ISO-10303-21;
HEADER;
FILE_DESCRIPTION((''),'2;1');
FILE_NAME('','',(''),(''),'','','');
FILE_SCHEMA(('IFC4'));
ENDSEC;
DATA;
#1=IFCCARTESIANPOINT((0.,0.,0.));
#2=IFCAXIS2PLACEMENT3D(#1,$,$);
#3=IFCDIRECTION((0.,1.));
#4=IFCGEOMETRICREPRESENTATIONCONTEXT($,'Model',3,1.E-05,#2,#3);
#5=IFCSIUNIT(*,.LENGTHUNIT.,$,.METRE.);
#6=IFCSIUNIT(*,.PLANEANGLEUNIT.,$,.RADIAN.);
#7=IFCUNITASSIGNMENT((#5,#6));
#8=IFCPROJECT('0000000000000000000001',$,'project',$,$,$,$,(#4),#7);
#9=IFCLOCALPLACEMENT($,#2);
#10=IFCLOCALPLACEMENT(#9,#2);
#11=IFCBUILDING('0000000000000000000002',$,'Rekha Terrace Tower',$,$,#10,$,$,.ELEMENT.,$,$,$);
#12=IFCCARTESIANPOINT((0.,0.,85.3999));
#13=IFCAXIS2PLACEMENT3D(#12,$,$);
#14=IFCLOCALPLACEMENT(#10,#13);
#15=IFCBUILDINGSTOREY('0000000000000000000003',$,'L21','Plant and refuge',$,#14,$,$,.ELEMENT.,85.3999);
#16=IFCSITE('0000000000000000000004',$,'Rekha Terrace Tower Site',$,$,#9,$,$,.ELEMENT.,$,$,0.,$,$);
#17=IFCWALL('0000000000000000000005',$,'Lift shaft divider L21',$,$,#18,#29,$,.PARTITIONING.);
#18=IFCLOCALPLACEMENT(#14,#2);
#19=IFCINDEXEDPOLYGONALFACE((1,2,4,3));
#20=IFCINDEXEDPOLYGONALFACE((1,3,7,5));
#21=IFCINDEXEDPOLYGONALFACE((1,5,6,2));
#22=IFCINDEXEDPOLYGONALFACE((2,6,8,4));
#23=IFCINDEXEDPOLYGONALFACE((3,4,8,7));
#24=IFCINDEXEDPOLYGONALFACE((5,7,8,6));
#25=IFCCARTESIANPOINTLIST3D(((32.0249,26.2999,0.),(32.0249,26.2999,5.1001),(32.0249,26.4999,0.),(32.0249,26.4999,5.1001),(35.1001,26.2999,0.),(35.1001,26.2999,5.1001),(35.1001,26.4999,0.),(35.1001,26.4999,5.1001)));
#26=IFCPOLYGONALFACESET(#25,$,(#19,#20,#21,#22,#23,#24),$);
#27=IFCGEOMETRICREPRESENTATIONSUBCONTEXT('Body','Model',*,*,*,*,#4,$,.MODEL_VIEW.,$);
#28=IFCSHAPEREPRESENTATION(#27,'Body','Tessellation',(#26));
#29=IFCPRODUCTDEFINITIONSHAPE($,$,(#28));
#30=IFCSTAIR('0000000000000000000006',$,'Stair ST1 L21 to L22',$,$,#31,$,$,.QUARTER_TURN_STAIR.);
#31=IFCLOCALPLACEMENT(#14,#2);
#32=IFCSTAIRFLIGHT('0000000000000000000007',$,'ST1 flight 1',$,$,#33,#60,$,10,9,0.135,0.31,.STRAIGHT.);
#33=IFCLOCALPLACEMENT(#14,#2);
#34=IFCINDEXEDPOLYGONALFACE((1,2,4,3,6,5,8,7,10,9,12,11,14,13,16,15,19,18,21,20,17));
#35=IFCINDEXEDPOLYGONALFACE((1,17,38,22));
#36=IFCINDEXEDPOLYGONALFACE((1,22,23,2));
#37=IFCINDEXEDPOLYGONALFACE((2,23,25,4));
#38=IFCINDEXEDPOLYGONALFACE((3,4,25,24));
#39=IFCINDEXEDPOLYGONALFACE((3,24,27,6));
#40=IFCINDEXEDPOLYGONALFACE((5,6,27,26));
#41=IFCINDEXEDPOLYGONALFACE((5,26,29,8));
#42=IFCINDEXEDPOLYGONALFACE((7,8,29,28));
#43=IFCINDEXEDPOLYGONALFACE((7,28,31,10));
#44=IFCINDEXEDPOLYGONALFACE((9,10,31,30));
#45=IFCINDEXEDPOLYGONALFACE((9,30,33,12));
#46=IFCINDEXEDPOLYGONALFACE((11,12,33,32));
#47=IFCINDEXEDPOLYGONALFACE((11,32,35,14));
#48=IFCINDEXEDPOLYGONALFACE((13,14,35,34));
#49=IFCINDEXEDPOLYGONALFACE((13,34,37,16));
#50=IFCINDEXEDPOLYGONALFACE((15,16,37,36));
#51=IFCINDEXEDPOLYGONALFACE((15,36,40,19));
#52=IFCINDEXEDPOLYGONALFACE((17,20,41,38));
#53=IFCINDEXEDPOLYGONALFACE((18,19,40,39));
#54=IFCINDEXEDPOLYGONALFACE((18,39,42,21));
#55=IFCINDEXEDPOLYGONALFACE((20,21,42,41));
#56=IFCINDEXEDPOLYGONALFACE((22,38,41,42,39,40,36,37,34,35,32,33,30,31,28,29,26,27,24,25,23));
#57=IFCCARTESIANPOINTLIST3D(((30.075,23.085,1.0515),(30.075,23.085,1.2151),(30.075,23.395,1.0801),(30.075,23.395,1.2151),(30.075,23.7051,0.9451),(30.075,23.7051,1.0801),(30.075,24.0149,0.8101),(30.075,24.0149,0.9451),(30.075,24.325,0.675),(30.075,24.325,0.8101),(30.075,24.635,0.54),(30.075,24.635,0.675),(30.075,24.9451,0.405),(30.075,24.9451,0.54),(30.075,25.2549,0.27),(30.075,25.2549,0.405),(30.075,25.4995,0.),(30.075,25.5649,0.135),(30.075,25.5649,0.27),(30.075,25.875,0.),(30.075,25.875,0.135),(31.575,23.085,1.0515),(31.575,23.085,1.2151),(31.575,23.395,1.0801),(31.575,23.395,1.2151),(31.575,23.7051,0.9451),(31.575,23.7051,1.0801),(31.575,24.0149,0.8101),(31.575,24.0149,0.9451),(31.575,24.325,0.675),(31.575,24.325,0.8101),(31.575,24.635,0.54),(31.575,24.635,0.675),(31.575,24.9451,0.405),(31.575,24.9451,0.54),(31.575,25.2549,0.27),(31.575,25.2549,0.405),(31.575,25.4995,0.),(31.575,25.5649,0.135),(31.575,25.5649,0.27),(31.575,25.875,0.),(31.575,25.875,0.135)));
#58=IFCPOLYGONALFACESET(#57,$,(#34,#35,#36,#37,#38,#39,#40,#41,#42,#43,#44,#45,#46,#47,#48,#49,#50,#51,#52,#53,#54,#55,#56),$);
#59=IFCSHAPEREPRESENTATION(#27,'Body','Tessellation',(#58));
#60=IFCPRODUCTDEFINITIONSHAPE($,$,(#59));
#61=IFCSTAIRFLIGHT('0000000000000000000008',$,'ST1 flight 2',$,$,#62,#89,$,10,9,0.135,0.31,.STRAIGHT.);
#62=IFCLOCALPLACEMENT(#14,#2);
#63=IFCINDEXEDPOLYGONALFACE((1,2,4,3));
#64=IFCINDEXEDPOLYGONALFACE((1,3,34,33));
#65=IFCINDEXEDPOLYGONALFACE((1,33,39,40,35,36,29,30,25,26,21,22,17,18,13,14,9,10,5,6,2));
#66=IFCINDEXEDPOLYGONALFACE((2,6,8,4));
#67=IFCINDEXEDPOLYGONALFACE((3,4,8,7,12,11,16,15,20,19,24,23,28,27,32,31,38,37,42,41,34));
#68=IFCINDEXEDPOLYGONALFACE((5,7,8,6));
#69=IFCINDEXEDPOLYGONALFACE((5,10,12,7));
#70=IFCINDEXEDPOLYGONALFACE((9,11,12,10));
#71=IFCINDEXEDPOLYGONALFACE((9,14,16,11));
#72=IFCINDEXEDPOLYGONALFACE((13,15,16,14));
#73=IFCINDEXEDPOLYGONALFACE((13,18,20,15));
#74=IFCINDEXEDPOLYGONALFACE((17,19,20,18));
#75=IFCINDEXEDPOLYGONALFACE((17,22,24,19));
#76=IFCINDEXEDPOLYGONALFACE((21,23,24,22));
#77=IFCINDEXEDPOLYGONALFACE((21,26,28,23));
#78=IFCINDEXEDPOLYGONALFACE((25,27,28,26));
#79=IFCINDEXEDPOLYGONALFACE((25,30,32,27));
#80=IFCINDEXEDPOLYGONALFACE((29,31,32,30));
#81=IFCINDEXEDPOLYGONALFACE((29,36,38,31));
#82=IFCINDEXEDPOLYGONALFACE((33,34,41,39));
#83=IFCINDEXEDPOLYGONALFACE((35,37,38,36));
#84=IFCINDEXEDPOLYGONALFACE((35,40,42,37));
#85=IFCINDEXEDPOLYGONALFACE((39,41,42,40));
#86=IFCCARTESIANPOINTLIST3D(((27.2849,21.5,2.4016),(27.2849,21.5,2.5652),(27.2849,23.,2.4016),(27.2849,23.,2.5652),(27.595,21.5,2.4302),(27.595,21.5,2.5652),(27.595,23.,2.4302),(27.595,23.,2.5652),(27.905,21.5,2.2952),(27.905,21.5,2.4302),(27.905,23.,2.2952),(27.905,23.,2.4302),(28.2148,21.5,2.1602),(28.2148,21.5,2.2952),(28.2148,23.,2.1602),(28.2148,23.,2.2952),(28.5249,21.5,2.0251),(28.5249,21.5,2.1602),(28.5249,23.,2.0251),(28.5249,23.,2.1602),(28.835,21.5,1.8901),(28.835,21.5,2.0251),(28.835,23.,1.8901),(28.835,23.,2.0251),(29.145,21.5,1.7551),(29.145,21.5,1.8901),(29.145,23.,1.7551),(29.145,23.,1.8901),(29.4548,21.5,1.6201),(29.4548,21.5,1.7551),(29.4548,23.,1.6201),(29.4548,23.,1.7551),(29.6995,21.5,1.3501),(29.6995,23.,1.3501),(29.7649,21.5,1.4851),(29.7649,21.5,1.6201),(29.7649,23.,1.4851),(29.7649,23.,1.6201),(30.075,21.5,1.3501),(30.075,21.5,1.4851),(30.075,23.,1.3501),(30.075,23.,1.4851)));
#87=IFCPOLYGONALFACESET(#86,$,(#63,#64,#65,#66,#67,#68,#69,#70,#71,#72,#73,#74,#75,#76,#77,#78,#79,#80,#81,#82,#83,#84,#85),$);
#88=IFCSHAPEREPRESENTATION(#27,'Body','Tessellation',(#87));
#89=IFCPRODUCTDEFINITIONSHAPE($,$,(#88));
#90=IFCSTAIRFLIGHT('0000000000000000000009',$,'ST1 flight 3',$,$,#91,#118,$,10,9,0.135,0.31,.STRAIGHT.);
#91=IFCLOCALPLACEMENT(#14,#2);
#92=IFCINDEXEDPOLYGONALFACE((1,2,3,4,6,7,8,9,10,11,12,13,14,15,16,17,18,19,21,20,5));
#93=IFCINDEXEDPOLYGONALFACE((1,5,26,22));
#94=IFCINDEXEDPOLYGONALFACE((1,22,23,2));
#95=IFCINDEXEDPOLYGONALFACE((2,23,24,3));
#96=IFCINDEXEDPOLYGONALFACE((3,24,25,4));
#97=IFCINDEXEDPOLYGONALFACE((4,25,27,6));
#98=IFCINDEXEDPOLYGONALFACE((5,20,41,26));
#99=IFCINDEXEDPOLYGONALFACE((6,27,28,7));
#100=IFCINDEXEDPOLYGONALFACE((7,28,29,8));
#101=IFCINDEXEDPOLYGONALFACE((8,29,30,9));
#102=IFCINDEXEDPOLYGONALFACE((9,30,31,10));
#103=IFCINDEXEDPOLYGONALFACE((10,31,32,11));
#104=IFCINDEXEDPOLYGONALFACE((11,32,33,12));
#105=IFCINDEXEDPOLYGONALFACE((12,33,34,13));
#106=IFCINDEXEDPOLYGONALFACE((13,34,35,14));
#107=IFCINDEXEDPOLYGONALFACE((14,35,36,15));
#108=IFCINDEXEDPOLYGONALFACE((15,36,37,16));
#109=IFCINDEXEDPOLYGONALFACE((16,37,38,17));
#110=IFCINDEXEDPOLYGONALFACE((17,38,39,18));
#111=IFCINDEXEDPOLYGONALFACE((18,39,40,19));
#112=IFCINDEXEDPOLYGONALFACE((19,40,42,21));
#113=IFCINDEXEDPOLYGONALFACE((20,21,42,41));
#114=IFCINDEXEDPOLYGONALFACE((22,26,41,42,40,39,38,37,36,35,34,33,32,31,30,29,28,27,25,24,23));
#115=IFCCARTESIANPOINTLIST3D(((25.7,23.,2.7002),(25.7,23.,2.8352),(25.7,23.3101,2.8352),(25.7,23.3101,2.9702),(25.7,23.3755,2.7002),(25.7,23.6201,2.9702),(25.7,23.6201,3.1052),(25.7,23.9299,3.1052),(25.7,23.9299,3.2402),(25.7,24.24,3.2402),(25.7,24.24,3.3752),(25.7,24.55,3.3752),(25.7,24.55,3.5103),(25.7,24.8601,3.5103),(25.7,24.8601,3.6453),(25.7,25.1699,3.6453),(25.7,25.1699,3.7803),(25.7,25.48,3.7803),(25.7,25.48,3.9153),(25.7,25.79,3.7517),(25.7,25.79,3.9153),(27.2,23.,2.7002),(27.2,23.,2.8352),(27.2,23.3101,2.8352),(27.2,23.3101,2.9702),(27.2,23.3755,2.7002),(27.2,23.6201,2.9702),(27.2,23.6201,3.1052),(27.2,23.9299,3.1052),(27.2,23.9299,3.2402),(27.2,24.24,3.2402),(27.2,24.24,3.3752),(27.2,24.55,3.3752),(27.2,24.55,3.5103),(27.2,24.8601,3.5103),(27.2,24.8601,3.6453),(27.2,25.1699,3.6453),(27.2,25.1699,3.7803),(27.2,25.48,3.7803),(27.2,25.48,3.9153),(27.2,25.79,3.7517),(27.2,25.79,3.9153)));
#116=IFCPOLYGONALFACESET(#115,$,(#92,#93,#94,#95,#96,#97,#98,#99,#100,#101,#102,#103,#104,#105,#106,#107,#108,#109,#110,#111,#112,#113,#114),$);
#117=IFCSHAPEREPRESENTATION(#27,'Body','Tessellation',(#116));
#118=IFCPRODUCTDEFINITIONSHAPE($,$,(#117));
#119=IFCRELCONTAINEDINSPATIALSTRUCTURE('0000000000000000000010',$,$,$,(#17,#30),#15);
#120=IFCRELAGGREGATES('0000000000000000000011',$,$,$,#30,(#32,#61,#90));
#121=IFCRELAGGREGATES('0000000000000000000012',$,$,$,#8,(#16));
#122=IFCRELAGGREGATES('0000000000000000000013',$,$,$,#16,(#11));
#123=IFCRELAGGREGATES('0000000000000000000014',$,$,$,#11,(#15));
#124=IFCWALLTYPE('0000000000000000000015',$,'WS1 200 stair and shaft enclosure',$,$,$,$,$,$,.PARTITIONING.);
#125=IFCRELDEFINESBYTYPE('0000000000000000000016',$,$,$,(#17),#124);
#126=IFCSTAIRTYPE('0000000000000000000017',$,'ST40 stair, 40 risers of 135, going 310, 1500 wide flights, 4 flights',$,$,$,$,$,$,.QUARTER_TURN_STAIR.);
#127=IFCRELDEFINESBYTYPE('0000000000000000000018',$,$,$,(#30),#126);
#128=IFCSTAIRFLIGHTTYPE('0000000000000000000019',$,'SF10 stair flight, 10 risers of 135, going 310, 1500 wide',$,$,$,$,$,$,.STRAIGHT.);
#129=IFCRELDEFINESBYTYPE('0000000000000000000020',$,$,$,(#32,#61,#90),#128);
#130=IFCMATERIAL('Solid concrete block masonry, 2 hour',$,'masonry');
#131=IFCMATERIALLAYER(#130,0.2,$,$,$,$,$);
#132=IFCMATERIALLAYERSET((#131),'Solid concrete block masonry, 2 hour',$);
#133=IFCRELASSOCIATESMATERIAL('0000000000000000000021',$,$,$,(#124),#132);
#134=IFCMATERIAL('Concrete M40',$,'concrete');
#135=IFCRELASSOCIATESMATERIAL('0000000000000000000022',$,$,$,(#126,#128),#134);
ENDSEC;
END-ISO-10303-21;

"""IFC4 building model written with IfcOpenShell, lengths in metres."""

from ifc_helpers import new_model, si_unit, direction, frame, frame_2d, origin, place, context, subcontext, project, spatial, polyline, rectangle, outline, extrude, material, layer, layer_set, type_object, element, aggregate, save


model = new_model("IFC4")

# Units and contexts
model_context = context("Model", 3, precision=1e-05, world=origin(), true_north=direction((0.0, 1.0)))
body_context = subcontext(model_context, "Body", "Model", "MODEL_VIEW")
ifc_project = project(units=[si_unit("LENGTHUNIT", "METRE"), si_unit("PLANEANGLEUNIT", "RADIAN")], contexts=[model_context])

# Site, building, storey
site_placement = place(None, origin())
site = spatial("IfcSite", under=ifc_project, at=site_placement, Name="Rekha Terrace Tower Site", CompositionType="ELEMENT", RefElevation=0.0)
building_placement = place(site_placement, origin())
building = spatial("IfcBuilding", under=site, at=building_placement, Name="Rekha Terrace Tower", CompositionType="ELEMENT")
storey_placement = place(building_placement, frame((0.0, 0.0, 85.3999)))
storey = spatial("IfcBuildingStorey", under=building, at=storey_placement, Name="L21", Description="Plant and refuge", CompositionType="ELEMENT", Elevation=85.3999)

# Wall
ifc_material_1 = material(Name="Solid concrete block masonry, 2 hour", Category="masonry")
ifc_layer_1 = layer(ifc_material_1, 0.2)
ifc_layer_set_1 = layer_set([ifc_layer_1], Name="Solid concrete block masonry, 2 hour")
wall_type_1 = type_object("IfcWallType", Name="WS1 200 stair and shaft enclosure", PredefinedType="PARTITIONING", material=ifc_layer_set_1)
wall_1_placement = place(storey_placement, frame((32.0249, 26.3999, 0.0), z_axis=(0.0, 0.0, 1.0), x_axis=(1.0, 0.0, 0.0)))
element("IfcWall", 1, at=wall_1_placement, inside=storey, type_object=wall_type_1, Name="Lift shaft divider L21", PredefinedType="PARTITIONING", context=body_context, shape_type="SweptSolid", body=[
    extrude(rectangle(XDim=3.0752, YDim=0.2, at=frame_2d((1.5376, 0.0))), origin(), (0.0, 0.0, 1.0), 5.1001),
])

# Stair, stair flights
ifc_material_2 = material(Name="Concrete M40", Category="concrete")
stair_type = type_object("IfcStairType", Name="ST40 stair, 40 risers of 135, going 310, 1500 wide flights, 4 flights", PredefinedType="QUARTER_TURN_STAIR", material=ifc_material_2)
stair_placement = place(storey_placement, origin())
stair = element("IfcStair", 2, at=stair_placement, inside=storey, type_object=stair_type, Name="Stair ST1 L21 to L22", PredefinedType="QUARTER_TURN_STAIR")
stair_flight_type = type_object("IfcStairFlightType", Name="SF10 stair flight, 10 risers of 135, going 310, 1500 wide", PredefinedType="STRAIGHT", material=ifc_material_2)
stair_flight_1_placement = place(storey_placement, frame((30.825, 25.875, 0.0), z_axis=(0.0, 0.0, 1.0), x_axis=(0.0, -1.0, 0.0)))
stair_flight_1 = element("IfcStairFlight", 3, at=stair_flight_1_placement, type_object=stair_flight_type, Name="ST1 flight 1", NumberOfRisers=10, NumberOfTreads=9, PredefinedType="STRAIGHT", RiserHeight=0.135, TreadLength=0.31, context=body_context, shape_type="SweptSolid", body=[
    extrude(outline(polyline([(0.0, 0.0), (0.0, 0.135), (0.3101, 0.135), (0.3101, 0.27), (0.6201, 0.27), (0.6201, 0.405), (0.9299, 0.405), (0.9299, 0.54), (1.24, 0.54), (1.24, 0.675), (1.55, 0.675), (1.55, 0.8101), (1.8601, 0.8101), (1.8601, 0.9451), (2.1699, 0.9451), (2.1699, 1.0801), (2.48, 1.0801), (2.48, 1.2151), (2.79, 1.2151), (2.79, 1.3501), (2.79, 1.0515), (0.3755, 0.0), (0.0, 0.0)])), frame((0.0, 0.75, 0.0), z_axis=(0.0, -1.0, 0.0), x_axis=(1.0, 0.0, 0.0)), (0.0, 0.0, 1.0), 1.5),
])
stair_flight_2_placement = place(storey_placement, frame((30.075, 22.25, 1.3501), z_axis=(0.0, 0.0, 1.0), x_axis=(-1.0, 0.0, 0.0)))
stair_flight_2 = element("IfcStairFlight", 4, at=stair_flight_2_placement, type_object=stair_flight_type, Name="ST1 flight 2", NumberOfRisers=10, NumberOfTreads=9, PredefinedType="STRAIGHT", RiserHeight=0.135, TreadLength=0.31, context=body_context, shape_type="SweptSolid", body=[
    extrude(outline(polyline([(0.0, 0.0), (0.0, 0.135), (0.3101, 0.135), (0.3101, 0.27), (0.6201, 0.27), (0.6201, 0.405), (0.9299, 0.405), (0.9299, 0.54), (1.24, 0.54), (1.24, 0.675), (1.55, 0.675), (1.55, 0.8101), (1.8601, 0.8101), (1.8601, 0.9451), (2.1699, 0.9451), (2.1699, 1.0801), (2.48, 1.0801), (2.48, 1.2151), (2.79, 1.2151), (2.79, 1.3501), (2.79, 1.0515), (0.3755, 0.0), (0.0, 0.0)])), frame((0.0, 0.75, 0.0), z_axis=(0.0, -1.0, 0.0), x_axis=(1.0, 0.0, 0.0)), (0.0, 0.0, 1.0), 1.5),
])
stair_flight_3_placement = place(storey_placement, frame((26.45, 23.0, 2.7002), z_axis=(0.0, 0.0, 1.0), x_axis=(0.0, 1.0, 0.0)))
stair_flight_3 = element("IfcStairFlight", 5, at=stair_flight_3_placement, type_object=stair_flight_type, Name="ST1 flight 3", NumberOfRisers=10, NumberOfTreads=9, PredefinedType="STRAIGHT", RiserHeight=0.135, TreadLength=0.31, context=body_context, shape_type="SweptSolid", body=[
    extrude(outline(polyline([(0.0, 0.0), (0.0, 0.135), (0.3101, 0.135), (0.3101, 0.27), (0.6201, 0.27), (0.6201, 0.405), (0.9299, 0.405), (0.9299, 0.54), (1.24, 0.54), (1.24, 0.675), (1.55, 0.675), (1.55, 0.8101), (1.8601, 0.8101), (1.8601, 0.9451), (2.1699, 0.9451), (2.1699, 1.0801), (2.48, 1.0801), (2.48, 1.2151), (2.79, 1.2151), (2.79, 1.3501), (2.79, 1.0515), (0.3755, 0.0), (0.0, 0.0)])), frame((0.0, 0.75, 0.0), z_axis=(0.0, -1.0, 0.0), x_axis=(1.0, 0.0, 0.0)), (0.0, 0.0, 1.0), 1.5),
])
aggregate(stair, [stair_flight_1, stair_flight_2, stair_flight_3])

save(model, "model.ifc")
